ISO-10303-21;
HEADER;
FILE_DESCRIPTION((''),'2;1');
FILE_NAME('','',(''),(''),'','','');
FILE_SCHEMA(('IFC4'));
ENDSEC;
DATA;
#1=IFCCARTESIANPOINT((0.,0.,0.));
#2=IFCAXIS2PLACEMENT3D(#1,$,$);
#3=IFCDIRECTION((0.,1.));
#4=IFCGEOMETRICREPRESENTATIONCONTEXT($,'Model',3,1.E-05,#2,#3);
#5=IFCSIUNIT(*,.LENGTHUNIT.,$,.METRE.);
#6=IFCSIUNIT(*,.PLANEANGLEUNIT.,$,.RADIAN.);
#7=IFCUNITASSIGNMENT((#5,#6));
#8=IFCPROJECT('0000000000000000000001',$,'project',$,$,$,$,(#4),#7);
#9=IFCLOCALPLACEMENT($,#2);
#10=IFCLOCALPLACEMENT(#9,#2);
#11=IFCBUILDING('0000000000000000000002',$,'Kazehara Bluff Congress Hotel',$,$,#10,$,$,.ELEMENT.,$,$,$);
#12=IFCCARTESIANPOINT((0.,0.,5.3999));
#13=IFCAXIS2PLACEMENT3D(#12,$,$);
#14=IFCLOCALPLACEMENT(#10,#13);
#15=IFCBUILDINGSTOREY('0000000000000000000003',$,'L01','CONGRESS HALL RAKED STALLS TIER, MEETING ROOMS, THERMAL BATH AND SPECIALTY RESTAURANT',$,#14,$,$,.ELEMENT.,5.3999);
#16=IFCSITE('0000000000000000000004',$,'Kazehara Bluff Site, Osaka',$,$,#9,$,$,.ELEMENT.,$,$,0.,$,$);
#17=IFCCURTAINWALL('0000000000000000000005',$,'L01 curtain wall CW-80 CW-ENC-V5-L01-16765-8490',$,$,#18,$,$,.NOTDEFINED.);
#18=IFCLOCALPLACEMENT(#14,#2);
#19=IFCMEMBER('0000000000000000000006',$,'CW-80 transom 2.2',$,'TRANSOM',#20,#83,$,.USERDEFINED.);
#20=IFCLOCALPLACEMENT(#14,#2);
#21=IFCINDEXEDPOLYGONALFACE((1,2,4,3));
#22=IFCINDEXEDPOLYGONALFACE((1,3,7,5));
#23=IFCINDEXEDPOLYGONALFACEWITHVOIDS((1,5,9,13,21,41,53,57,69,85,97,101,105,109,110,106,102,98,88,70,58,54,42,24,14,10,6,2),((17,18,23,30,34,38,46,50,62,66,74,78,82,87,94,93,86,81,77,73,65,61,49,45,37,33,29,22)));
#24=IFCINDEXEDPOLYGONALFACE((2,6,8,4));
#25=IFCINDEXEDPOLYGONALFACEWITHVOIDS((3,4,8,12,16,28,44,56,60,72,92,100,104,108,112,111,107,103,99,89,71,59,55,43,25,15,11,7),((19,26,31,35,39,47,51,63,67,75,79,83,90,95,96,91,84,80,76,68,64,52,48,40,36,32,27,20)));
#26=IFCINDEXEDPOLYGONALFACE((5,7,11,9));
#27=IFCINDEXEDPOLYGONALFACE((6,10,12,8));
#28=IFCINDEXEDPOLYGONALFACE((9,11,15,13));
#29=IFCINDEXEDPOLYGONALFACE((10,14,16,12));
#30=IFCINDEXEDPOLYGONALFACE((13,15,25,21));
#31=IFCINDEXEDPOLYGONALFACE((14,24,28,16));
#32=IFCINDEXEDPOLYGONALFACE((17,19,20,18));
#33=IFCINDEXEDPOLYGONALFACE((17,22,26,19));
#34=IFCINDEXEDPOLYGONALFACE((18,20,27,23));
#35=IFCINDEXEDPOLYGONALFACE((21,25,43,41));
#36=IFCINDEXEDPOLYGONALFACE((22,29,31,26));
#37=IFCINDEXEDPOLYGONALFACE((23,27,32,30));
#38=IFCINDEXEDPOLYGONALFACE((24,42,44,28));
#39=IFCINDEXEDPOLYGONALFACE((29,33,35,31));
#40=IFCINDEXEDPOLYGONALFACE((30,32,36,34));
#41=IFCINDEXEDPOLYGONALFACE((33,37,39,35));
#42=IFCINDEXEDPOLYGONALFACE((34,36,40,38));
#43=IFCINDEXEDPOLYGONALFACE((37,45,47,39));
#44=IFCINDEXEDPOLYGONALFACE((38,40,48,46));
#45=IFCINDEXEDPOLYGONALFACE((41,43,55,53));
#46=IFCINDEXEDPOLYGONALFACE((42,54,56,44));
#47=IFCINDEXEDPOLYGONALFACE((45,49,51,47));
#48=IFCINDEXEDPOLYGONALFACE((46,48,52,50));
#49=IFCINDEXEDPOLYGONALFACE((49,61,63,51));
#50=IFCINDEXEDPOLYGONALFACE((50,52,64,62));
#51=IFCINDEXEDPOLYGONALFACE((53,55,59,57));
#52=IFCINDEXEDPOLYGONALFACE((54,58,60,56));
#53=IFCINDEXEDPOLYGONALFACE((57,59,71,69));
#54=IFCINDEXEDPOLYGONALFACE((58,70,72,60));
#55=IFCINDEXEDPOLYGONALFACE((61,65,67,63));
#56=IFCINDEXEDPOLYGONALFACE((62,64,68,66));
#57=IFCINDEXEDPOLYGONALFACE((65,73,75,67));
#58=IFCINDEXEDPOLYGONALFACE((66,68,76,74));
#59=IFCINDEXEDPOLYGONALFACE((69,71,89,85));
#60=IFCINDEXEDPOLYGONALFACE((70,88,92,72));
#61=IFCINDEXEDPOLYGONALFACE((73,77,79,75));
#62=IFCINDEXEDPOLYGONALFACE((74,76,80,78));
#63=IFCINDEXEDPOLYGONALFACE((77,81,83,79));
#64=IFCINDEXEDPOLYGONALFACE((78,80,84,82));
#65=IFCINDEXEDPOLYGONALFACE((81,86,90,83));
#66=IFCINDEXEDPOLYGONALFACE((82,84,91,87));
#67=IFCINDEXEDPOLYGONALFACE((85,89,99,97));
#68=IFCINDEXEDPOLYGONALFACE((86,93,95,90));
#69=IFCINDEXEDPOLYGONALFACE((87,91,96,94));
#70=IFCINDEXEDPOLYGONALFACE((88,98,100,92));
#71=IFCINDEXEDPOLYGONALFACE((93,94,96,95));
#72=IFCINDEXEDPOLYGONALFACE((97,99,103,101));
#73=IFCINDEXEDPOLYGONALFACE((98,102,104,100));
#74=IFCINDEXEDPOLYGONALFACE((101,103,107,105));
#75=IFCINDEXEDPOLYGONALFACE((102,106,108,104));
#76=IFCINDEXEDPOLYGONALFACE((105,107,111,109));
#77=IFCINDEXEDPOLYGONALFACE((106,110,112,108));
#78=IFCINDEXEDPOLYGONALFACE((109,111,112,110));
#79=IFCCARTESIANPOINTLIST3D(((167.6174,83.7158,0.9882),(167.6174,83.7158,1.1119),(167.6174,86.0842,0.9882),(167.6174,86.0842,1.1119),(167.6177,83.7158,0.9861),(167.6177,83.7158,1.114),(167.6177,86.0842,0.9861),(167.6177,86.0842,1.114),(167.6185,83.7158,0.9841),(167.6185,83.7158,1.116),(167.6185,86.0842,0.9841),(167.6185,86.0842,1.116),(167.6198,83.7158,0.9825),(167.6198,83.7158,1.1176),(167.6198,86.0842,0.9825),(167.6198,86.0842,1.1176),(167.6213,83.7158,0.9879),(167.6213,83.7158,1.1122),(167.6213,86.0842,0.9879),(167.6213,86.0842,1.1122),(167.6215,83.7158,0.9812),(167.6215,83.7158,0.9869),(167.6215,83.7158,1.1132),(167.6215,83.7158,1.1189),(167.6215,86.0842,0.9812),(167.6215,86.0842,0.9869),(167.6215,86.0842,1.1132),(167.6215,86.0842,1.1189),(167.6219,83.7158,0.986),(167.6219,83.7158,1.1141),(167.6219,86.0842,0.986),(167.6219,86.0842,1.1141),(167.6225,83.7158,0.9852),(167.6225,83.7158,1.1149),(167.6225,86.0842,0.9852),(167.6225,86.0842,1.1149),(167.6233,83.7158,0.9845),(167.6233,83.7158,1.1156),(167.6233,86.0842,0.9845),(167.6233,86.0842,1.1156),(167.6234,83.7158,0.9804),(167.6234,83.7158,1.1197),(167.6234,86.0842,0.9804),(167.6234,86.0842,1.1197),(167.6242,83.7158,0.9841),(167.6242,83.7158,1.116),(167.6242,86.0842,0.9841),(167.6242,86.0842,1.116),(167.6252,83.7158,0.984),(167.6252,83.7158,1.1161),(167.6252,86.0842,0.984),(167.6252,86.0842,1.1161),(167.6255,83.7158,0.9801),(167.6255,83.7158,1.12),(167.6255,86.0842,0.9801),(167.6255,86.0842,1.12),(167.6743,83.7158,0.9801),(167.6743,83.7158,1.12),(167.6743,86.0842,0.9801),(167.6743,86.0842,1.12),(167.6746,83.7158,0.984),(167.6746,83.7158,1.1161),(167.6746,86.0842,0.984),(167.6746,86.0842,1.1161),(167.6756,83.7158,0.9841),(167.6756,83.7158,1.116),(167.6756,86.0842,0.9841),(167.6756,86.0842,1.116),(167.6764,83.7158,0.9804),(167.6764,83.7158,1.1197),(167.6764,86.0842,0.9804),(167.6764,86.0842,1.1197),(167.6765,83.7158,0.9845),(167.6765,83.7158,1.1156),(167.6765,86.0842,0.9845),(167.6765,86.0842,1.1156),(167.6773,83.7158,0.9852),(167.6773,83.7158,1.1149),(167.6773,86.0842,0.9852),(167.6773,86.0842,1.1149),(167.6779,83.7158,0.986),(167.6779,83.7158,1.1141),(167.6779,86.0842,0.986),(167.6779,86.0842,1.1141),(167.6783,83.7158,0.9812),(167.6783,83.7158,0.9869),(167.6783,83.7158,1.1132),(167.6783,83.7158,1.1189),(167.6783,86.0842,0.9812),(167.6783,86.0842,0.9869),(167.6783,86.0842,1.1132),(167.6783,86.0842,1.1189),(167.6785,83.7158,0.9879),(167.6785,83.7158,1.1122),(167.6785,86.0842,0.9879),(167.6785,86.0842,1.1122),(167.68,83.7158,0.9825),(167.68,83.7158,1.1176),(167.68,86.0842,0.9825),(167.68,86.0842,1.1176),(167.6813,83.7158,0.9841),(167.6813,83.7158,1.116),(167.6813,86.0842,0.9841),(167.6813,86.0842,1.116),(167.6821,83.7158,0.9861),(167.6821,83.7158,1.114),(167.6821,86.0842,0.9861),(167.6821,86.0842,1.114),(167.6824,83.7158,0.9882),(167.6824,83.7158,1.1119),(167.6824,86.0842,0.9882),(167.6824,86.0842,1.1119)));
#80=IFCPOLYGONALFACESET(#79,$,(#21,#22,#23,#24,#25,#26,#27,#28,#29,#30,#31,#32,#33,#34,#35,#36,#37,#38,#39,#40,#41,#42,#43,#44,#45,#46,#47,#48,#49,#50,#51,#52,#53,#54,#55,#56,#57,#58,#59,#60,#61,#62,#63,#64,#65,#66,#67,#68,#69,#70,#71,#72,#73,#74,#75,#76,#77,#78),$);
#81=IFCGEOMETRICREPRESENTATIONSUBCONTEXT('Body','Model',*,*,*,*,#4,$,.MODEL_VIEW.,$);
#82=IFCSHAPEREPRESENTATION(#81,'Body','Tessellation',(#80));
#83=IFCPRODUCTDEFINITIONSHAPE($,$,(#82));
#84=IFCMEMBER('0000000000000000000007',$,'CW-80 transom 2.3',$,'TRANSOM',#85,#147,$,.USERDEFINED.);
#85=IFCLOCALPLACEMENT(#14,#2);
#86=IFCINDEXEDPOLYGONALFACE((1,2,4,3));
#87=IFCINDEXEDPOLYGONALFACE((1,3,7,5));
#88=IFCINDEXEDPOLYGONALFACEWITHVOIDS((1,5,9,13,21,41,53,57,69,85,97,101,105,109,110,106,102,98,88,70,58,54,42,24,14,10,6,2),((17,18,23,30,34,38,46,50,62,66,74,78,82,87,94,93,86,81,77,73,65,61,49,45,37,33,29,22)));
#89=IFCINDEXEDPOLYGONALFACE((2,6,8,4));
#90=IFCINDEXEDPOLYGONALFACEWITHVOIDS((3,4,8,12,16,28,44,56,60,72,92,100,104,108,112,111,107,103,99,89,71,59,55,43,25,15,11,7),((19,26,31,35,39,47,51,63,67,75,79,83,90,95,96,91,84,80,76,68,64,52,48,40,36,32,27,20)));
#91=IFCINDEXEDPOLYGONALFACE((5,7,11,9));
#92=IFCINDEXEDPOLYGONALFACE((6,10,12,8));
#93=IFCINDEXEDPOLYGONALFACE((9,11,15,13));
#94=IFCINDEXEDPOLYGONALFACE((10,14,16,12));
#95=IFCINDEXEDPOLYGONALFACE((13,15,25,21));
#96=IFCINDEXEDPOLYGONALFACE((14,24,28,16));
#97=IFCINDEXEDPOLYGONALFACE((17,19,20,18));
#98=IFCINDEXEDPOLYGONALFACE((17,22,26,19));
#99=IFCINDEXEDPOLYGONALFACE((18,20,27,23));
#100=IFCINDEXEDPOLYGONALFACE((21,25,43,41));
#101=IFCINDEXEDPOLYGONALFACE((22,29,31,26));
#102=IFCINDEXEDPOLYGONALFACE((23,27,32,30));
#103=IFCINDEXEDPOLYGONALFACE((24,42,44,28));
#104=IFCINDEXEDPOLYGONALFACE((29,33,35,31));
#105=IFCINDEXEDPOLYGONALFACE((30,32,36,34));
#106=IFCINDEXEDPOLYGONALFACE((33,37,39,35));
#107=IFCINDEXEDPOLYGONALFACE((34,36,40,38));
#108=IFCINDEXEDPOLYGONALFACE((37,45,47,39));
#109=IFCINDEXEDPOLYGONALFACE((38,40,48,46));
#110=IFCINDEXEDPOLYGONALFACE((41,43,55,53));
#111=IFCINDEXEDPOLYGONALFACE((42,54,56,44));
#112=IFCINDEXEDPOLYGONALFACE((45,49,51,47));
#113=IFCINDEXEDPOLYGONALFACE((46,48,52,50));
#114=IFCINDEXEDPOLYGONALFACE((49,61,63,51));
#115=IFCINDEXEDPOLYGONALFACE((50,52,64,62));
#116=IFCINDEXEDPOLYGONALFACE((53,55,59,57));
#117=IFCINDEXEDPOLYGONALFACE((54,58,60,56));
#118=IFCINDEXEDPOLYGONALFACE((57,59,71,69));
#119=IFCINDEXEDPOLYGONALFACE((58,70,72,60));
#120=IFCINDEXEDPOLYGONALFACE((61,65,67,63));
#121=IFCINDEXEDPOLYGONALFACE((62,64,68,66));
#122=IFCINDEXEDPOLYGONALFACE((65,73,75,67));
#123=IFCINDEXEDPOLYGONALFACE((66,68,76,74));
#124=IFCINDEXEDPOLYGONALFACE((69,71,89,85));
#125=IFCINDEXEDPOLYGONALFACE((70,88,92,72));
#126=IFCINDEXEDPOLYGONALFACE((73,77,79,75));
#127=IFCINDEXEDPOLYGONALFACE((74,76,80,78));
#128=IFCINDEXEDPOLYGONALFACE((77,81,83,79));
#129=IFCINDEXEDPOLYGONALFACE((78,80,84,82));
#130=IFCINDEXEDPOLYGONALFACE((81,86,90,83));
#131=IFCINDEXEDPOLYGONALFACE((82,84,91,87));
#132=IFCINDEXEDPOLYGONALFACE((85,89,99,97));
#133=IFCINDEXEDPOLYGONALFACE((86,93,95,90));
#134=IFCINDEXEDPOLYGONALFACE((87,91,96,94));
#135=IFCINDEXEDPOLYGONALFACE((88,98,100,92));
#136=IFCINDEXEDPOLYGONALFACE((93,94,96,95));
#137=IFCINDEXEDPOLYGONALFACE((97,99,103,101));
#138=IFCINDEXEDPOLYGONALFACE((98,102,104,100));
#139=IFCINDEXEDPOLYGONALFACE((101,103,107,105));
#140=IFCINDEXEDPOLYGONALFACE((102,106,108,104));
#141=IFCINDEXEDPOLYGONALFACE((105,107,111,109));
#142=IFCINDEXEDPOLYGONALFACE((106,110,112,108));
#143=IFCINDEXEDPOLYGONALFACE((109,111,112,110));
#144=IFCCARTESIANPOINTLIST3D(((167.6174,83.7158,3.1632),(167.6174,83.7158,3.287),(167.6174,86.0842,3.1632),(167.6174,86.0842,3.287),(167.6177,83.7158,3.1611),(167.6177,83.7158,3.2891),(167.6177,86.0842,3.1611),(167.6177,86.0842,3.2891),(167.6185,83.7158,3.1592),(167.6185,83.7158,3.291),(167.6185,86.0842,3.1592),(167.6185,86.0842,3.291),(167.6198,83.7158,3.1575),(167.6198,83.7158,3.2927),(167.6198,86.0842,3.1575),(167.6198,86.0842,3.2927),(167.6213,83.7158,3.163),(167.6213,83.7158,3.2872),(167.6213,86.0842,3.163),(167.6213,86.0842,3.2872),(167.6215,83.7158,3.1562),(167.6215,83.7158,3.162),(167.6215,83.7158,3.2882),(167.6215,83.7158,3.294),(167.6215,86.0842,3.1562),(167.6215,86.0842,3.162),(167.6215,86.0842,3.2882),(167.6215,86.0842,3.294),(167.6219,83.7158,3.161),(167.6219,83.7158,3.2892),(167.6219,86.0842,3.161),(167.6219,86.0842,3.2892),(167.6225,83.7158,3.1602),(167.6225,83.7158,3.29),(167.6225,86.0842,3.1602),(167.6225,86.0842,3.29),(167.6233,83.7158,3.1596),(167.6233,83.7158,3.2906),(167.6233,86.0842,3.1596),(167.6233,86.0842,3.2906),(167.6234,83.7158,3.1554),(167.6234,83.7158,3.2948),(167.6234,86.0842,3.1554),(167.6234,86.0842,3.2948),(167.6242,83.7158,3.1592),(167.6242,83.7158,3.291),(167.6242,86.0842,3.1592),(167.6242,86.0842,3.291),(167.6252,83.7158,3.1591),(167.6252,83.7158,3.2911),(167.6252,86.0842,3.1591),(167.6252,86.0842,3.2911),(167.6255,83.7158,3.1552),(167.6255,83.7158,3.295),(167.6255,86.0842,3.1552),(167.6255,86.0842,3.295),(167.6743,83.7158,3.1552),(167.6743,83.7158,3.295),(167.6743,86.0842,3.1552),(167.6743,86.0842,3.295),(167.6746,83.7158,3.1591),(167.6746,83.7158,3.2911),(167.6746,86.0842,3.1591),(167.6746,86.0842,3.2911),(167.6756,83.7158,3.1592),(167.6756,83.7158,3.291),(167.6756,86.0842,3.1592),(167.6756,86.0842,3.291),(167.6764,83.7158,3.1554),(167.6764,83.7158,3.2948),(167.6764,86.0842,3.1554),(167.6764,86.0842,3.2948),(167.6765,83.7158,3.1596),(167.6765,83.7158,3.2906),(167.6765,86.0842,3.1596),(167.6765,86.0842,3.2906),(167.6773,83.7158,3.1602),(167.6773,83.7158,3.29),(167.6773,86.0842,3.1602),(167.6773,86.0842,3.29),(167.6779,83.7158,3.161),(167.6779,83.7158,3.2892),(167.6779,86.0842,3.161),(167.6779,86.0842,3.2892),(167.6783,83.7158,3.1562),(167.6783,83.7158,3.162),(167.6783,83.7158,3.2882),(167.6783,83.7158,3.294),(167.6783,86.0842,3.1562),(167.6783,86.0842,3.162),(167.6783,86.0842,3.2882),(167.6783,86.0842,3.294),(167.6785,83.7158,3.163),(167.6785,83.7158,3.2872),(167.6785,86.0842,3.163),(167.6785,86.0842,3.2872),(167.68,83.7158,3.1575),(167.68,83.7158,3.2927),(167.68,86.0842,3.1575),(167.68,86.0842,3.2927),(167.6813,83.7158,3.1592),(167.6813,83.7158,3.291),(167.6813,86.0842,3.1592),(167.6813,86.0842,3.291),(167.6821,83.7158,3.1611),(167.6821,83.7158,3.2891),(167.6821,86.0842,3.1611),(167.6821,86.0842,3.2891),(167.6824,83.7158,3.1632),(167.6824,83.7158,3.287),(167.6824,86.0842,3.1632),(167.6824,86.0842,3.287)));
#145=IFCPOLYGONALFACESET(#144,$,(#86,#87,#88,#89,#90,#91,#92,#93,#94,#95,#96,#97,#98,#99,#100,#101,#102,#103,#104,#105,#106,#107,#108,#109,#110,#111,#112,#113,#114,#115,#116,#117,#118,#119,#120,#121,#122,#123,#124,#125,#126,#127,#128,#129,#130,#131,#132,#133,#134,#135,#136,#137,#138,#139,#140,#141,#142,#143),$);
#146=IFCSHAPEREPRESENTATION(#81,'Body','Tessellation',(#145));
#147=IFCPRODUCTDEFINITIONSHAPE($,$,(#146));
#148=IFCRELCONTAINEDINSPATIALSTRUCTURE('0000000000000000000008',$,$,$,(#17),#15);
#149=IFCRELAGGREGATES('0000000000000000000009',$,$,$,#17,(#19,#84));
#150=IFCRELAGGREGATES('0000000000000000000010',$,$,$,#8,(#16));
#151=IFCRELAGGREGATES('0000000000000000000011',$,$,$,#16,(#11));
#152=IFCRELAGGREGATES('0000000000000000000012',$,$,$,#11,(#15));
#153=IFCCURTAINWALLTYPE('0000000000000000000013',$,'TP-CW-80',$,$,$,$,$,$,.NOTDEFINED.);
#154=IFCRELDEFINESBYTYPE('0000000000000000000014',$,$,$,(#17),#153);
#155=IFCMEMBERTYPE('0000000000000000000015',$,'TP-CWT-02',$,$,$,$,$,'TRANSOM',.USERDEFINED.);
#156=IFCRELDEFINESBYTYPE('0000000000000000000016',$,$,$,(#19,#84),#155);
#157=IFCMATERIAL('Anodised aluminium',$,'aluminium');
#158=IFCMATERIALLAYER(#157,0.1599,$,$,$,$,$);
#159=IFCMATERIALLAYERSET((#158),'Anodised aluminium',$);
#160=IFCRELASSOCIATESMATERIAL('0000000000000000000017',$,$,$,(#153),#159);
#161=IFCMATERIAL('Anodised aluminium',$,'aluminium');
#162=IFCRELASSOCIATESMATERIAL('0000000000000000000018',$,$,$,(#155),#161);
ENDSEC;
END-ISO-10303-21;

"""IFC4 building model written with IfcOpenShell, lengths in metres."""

from ifc_helpers import new_model, si_unit, direction, frame, origin, origin_2d, place, context, subcontext, project, spatial, hollow_rectangle, extrude, material, layer, layer_set, material_profile, profile_set, type_object, element, aggregate, save


model = new_model("IFC4")

# Units and contexts
model_context = context("Model", 3, precision=1e-05, world=origin(), true_north=direction((0.0, 1.0)))
body_context = subcontext(model_context, "Body", "Model", "MODEL_VIEW")
ifc_project = project(units=[si_unit("LENGTHUNIT", "METRE"), si_unit("PLANEANGLEUNIT", "RADIAN")], contexts=[model_context])

# Site, building, storey
site_placement = place(None, origin())
site = spatial("IfcSite", under=ifc_project, at=site_placement, Name="Kazehara Bluff Site, Osaka", CompositionType="ELEMENT", RefElevation=0.0)
building_placement = place(site_placement, origin())
building = spatial("IfcBuilding", under=site, at=building_placement, Name="Kazehara Bluff Congress Hotel", CompositionType="ELEMENT")
storey_placement = place(building_placement, frame((0.0, 0.0, 5.3999)))
storey = spatial("IfcBuildingStorey", under=building, at=storey_placement, Name="L01", Description="CONGRESS HALL RAKED STALLS TIER, MEETING ROOMS, THERMAL BATH AND SPECIALTY RESTAURANT", CompositionType="ELEMENT", Elevation=5.3999)

# Curtain wall
ifc_material_1 = material(Name="Anodised aluminium", Category="aluminium")
ifc_layer_1 = layer(ifc_material_1, 0.1599)
ifc_layer_set_1 = layer_set([ifc_layer_1], Name="Anodised aluminium")
curtain_wall_type = type_object("IfcCurtainWallType", Name="TP-CW-80", PredefinedType="NOTDEFINED", material=ifc_layer_set_1)
curtain_wall_1_placement = place(storey_placement, origin())
curtain_wall_1 = element("IfcCurtainWall", 1, at=curtain_wall_1_placement, inside=storey, type_object=curtain_wall_type, Name="L01 curtain wall CW-80 CW-ENC-V5-L01-16765-8490", PredefinedType="NOTDEFINED")

# Members
ifc_material_2 = material(Name="Anodised aluminium", Category="aluminium")
ifc_material_profile_1 = material_profile(ifc_material_2, hollow_rectangle(XDim=0.0649, YDim=0.1399, WallThickness=0.0039, InnerFilletRadius=0.0039, OuterFilletRadius=0.0081, at=origin_2d()))
ifc_profile_set_1 = profile_set([ifc_material_profile_1], Name="Anodised aluminium")
member_type_1 = type_object("IfcMemberType", Name="TP-CWT-02", ElementType="TRANSOM", PredefinedType="USERDEFINED", material=ifc_profile_set_1)
member_1_placement = place(storey_placement, frame((167.6499, 86.0842, 1.05), z_axis=(0.0, -1.0, 0.0), x_axis=(1.0, 0.0, 0.0)))
member_1 = element("IfcMember", 2, at=member_1_placement, type_object=member_type_1, Name="CW-80 transom 2.2", ObjectType="TRANSOM", PredefinedType="USERDEFINED", context=body_context, shape_type="SweptSolid", body=[
    extrude(hollow_rectangle(XDim=0.0649, YDim=0.1399, WallThickness=0.0039, InnerFilletRadius=0.0039, OuterFilletRadius=0.0081, at=origin_2d()), origin(), (0.0, 0.0, 1.0), 2.3684),
])
member_2_placement = place(storey_placement, frame((167.6499, 86.0842, 3.2251), z_axis=(0.0, -1.0, 0.0), x_axis=(1.0, 0.0, 0.0)))
member_2 = element("IfcMember", 3, at=member_2_placement, type_object=member_type_1, Name="CW-80 transom 2.3", ObjectType="TRANSOM", PredefinedType="USERDEFINED", context=body_context, shape_type="SweptSolid", body=[
    extrude(hollow_rectangle(XDim=0.0649, YDim=0.1399, WallThickness=0.0039, InnerFilletRadius=0.0039, OuterFilletRadius=0.0081, at=origin_2d()), origin(), (0.0, 0.0, 1.0), 2.3684),
])

aggregate(curtain_wall_1, [member_1, member_2])

save(model, "model.ifc")
